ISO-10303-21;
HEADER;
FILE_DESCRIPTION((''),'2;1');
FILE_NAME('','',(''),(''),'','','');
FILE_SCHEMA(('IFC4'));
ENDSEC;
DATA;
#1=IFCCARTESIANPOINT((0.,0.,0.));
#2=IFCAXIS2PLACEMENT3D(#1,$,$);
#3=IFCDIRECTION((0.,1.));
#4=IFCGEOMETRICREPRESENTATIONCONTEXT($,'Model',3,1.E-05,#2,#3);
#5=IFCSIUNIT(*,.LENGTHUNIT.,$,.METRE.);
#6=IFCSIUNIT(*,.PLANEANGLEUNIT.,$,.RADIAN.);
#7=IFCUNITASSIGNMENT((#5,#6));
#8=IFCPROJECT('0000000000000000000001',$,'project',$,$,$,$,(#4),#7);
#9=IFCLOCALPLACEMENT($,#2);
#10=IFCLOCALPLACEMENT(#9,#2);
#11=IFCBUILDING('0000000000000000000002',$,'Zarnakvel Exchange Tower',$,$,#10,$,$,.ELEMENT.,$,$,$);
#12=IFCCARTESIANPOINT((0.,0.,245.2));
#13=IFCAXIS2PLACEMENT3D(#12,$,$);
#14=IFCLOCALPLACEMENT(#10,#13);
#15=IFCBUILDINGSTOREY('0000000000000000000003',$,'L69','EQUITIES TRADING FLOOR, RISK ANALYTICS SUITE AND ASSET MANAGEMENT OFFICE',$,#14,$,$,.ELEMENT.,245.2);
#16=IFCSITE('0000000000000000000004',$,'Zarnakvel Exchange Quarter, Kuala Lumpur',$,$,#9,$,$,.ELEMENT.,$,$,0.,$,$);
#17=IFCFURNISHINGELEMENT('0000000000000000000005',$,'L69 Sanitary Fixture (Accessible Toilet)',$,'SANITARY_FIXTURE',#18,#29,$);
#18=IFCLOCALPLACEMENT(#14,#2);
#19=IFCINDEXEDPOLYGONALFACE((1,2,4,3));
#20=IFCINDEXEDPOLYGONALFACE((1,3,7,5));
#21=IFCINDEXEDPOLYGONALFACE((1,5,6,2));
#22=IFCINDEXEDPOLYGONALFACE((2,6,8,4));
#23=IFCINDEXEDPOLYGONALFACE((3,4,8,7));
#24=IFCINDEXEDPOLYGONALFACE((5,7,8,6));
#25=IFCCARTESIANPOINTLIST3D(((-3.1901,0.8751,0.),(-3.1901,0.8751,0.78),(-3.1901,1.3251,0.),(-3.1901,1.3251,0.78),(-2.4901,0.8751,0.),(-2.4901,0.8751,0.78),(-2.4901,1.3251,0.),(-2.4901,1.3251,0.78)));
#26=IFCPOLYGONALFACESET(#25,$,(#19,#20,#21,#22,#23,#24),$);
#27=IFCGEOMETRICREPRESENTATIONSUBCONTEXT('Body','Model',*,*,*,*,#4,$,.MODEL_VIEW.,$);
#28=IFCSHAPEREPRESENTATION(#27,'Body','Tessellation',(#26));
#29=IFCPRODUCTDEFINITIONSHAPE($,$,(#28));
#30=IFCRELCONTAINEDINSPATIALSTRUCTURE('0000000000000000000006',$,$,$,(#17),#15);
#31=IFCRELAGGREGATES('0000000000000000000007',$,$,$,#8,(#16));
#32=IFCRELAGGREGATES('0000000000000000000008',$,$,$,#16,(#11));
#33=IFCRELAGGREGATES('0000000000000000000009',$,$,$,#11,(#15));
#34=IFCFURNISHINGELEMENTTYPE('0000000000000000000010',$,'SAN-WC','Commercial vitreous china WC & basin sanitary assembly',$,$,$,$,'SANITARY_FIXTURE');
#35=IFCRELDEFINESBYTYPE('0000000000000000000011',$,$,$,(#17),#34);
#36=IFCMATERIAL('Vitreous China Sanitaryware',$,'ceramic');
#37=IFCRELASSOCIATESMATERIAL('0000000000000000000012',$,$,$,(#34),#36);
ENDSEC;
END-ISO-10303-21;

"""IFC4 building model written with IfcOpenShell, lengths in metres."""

from ifc_helpers import new_model, si_unit, direction, frame, origin, origin_2d, place, context, subcontext, project, spatial, rectangle, extrude, source, transform, mapped, material, type_object, element, save


model = new_model("IFC4")

# Units and contexts
model_context = context("Model", 3, precision=1e-05, world=origin(), true_north=direction((0.0, 1.0)))
body_context = subcontext(model_context, "Body", "Model", "MODEL_VIEW")
ifc_project = project(units=[si_unit("LENGTHUNIT", "METRE"), si_unit("PLANEANGLEUNIT", "RADIAN")], contexts=[model_context])

# Site, building, storey
site_placement = place(None, origin())
site = spatial("IfcSite", under=ifc_project, at=site_placement, Name="Zarnakvel Exchange Quarter, Kuala Lumpur", CompositionType="ELEMENT", RefElevation=0.0)
building_placement = place(site_placement, origin())
building = spatial("IfcBuilding", under=site, at=building_placement, Name="Zarnakvel Exchange Tower", CompositionType="ELEMENT")
storey_placement = place(building_placement, frame((0.0, 0.0, 245.2)))
storey = spatial("IfcBuildingStorey", under=building, at=storey_placement, Name="L69", Description="EQUITIES TRADING FLOOR, RISK ANALYTICS SUITE AND ASSET MANAGEMENT OFFICE", CompositionType="ELEMENT", Elevation=245.2)

# Furnishing element
ifc_material_1 = material(Name="Vitreous China Sanitaryware", Category="ceramic")
furnishing_element_type = type_object("IfcFurnishingElementType", Name="SAN-WC", Description="Commercial vitreous china WC & basin sanitary assembly", ElementType="SANITARY_FIXTURE", material=ifc_material_1)
shared_shape_1 = source(origin(), body_context, "Body", "SweptSolid", [
    extrude(rectangle(XDim=0.7, YDim=0.45, at=origin_2d()), origin(), (0.0, 0.0, 1.0), 0.78),
])
for number, where, z_axis, x_axis, name in (
    (1, (-2.8401, 1.1001, 0.0), (0.0, 0.0, 1.0), (1.0, 0.0, 0.0), "L69 Sanitary Fixture (Accessible Toilet)"),
):
    element("IfcFurnishingElement", number, at=place(storey_placement, frame(where, z_axis=z_axis, x_axis=x_axis)), inside=storey, type_object=furnishing_element_type, Name=name, ObjectType="SANITARY_FIXTURE", context=body_context, shape_type="MappedRepresentation", body=[
        mapped(shared_shape_1, transform((0.0, 0.0, 0.0), x_axis=(1.0, 0.0, 0.0), y_axis=(0.0, 1.0, 0.0), z_axis=(0.0, 0.0, 1.0), scale=1.0)),
    ])

save(model, "model.ifc")
